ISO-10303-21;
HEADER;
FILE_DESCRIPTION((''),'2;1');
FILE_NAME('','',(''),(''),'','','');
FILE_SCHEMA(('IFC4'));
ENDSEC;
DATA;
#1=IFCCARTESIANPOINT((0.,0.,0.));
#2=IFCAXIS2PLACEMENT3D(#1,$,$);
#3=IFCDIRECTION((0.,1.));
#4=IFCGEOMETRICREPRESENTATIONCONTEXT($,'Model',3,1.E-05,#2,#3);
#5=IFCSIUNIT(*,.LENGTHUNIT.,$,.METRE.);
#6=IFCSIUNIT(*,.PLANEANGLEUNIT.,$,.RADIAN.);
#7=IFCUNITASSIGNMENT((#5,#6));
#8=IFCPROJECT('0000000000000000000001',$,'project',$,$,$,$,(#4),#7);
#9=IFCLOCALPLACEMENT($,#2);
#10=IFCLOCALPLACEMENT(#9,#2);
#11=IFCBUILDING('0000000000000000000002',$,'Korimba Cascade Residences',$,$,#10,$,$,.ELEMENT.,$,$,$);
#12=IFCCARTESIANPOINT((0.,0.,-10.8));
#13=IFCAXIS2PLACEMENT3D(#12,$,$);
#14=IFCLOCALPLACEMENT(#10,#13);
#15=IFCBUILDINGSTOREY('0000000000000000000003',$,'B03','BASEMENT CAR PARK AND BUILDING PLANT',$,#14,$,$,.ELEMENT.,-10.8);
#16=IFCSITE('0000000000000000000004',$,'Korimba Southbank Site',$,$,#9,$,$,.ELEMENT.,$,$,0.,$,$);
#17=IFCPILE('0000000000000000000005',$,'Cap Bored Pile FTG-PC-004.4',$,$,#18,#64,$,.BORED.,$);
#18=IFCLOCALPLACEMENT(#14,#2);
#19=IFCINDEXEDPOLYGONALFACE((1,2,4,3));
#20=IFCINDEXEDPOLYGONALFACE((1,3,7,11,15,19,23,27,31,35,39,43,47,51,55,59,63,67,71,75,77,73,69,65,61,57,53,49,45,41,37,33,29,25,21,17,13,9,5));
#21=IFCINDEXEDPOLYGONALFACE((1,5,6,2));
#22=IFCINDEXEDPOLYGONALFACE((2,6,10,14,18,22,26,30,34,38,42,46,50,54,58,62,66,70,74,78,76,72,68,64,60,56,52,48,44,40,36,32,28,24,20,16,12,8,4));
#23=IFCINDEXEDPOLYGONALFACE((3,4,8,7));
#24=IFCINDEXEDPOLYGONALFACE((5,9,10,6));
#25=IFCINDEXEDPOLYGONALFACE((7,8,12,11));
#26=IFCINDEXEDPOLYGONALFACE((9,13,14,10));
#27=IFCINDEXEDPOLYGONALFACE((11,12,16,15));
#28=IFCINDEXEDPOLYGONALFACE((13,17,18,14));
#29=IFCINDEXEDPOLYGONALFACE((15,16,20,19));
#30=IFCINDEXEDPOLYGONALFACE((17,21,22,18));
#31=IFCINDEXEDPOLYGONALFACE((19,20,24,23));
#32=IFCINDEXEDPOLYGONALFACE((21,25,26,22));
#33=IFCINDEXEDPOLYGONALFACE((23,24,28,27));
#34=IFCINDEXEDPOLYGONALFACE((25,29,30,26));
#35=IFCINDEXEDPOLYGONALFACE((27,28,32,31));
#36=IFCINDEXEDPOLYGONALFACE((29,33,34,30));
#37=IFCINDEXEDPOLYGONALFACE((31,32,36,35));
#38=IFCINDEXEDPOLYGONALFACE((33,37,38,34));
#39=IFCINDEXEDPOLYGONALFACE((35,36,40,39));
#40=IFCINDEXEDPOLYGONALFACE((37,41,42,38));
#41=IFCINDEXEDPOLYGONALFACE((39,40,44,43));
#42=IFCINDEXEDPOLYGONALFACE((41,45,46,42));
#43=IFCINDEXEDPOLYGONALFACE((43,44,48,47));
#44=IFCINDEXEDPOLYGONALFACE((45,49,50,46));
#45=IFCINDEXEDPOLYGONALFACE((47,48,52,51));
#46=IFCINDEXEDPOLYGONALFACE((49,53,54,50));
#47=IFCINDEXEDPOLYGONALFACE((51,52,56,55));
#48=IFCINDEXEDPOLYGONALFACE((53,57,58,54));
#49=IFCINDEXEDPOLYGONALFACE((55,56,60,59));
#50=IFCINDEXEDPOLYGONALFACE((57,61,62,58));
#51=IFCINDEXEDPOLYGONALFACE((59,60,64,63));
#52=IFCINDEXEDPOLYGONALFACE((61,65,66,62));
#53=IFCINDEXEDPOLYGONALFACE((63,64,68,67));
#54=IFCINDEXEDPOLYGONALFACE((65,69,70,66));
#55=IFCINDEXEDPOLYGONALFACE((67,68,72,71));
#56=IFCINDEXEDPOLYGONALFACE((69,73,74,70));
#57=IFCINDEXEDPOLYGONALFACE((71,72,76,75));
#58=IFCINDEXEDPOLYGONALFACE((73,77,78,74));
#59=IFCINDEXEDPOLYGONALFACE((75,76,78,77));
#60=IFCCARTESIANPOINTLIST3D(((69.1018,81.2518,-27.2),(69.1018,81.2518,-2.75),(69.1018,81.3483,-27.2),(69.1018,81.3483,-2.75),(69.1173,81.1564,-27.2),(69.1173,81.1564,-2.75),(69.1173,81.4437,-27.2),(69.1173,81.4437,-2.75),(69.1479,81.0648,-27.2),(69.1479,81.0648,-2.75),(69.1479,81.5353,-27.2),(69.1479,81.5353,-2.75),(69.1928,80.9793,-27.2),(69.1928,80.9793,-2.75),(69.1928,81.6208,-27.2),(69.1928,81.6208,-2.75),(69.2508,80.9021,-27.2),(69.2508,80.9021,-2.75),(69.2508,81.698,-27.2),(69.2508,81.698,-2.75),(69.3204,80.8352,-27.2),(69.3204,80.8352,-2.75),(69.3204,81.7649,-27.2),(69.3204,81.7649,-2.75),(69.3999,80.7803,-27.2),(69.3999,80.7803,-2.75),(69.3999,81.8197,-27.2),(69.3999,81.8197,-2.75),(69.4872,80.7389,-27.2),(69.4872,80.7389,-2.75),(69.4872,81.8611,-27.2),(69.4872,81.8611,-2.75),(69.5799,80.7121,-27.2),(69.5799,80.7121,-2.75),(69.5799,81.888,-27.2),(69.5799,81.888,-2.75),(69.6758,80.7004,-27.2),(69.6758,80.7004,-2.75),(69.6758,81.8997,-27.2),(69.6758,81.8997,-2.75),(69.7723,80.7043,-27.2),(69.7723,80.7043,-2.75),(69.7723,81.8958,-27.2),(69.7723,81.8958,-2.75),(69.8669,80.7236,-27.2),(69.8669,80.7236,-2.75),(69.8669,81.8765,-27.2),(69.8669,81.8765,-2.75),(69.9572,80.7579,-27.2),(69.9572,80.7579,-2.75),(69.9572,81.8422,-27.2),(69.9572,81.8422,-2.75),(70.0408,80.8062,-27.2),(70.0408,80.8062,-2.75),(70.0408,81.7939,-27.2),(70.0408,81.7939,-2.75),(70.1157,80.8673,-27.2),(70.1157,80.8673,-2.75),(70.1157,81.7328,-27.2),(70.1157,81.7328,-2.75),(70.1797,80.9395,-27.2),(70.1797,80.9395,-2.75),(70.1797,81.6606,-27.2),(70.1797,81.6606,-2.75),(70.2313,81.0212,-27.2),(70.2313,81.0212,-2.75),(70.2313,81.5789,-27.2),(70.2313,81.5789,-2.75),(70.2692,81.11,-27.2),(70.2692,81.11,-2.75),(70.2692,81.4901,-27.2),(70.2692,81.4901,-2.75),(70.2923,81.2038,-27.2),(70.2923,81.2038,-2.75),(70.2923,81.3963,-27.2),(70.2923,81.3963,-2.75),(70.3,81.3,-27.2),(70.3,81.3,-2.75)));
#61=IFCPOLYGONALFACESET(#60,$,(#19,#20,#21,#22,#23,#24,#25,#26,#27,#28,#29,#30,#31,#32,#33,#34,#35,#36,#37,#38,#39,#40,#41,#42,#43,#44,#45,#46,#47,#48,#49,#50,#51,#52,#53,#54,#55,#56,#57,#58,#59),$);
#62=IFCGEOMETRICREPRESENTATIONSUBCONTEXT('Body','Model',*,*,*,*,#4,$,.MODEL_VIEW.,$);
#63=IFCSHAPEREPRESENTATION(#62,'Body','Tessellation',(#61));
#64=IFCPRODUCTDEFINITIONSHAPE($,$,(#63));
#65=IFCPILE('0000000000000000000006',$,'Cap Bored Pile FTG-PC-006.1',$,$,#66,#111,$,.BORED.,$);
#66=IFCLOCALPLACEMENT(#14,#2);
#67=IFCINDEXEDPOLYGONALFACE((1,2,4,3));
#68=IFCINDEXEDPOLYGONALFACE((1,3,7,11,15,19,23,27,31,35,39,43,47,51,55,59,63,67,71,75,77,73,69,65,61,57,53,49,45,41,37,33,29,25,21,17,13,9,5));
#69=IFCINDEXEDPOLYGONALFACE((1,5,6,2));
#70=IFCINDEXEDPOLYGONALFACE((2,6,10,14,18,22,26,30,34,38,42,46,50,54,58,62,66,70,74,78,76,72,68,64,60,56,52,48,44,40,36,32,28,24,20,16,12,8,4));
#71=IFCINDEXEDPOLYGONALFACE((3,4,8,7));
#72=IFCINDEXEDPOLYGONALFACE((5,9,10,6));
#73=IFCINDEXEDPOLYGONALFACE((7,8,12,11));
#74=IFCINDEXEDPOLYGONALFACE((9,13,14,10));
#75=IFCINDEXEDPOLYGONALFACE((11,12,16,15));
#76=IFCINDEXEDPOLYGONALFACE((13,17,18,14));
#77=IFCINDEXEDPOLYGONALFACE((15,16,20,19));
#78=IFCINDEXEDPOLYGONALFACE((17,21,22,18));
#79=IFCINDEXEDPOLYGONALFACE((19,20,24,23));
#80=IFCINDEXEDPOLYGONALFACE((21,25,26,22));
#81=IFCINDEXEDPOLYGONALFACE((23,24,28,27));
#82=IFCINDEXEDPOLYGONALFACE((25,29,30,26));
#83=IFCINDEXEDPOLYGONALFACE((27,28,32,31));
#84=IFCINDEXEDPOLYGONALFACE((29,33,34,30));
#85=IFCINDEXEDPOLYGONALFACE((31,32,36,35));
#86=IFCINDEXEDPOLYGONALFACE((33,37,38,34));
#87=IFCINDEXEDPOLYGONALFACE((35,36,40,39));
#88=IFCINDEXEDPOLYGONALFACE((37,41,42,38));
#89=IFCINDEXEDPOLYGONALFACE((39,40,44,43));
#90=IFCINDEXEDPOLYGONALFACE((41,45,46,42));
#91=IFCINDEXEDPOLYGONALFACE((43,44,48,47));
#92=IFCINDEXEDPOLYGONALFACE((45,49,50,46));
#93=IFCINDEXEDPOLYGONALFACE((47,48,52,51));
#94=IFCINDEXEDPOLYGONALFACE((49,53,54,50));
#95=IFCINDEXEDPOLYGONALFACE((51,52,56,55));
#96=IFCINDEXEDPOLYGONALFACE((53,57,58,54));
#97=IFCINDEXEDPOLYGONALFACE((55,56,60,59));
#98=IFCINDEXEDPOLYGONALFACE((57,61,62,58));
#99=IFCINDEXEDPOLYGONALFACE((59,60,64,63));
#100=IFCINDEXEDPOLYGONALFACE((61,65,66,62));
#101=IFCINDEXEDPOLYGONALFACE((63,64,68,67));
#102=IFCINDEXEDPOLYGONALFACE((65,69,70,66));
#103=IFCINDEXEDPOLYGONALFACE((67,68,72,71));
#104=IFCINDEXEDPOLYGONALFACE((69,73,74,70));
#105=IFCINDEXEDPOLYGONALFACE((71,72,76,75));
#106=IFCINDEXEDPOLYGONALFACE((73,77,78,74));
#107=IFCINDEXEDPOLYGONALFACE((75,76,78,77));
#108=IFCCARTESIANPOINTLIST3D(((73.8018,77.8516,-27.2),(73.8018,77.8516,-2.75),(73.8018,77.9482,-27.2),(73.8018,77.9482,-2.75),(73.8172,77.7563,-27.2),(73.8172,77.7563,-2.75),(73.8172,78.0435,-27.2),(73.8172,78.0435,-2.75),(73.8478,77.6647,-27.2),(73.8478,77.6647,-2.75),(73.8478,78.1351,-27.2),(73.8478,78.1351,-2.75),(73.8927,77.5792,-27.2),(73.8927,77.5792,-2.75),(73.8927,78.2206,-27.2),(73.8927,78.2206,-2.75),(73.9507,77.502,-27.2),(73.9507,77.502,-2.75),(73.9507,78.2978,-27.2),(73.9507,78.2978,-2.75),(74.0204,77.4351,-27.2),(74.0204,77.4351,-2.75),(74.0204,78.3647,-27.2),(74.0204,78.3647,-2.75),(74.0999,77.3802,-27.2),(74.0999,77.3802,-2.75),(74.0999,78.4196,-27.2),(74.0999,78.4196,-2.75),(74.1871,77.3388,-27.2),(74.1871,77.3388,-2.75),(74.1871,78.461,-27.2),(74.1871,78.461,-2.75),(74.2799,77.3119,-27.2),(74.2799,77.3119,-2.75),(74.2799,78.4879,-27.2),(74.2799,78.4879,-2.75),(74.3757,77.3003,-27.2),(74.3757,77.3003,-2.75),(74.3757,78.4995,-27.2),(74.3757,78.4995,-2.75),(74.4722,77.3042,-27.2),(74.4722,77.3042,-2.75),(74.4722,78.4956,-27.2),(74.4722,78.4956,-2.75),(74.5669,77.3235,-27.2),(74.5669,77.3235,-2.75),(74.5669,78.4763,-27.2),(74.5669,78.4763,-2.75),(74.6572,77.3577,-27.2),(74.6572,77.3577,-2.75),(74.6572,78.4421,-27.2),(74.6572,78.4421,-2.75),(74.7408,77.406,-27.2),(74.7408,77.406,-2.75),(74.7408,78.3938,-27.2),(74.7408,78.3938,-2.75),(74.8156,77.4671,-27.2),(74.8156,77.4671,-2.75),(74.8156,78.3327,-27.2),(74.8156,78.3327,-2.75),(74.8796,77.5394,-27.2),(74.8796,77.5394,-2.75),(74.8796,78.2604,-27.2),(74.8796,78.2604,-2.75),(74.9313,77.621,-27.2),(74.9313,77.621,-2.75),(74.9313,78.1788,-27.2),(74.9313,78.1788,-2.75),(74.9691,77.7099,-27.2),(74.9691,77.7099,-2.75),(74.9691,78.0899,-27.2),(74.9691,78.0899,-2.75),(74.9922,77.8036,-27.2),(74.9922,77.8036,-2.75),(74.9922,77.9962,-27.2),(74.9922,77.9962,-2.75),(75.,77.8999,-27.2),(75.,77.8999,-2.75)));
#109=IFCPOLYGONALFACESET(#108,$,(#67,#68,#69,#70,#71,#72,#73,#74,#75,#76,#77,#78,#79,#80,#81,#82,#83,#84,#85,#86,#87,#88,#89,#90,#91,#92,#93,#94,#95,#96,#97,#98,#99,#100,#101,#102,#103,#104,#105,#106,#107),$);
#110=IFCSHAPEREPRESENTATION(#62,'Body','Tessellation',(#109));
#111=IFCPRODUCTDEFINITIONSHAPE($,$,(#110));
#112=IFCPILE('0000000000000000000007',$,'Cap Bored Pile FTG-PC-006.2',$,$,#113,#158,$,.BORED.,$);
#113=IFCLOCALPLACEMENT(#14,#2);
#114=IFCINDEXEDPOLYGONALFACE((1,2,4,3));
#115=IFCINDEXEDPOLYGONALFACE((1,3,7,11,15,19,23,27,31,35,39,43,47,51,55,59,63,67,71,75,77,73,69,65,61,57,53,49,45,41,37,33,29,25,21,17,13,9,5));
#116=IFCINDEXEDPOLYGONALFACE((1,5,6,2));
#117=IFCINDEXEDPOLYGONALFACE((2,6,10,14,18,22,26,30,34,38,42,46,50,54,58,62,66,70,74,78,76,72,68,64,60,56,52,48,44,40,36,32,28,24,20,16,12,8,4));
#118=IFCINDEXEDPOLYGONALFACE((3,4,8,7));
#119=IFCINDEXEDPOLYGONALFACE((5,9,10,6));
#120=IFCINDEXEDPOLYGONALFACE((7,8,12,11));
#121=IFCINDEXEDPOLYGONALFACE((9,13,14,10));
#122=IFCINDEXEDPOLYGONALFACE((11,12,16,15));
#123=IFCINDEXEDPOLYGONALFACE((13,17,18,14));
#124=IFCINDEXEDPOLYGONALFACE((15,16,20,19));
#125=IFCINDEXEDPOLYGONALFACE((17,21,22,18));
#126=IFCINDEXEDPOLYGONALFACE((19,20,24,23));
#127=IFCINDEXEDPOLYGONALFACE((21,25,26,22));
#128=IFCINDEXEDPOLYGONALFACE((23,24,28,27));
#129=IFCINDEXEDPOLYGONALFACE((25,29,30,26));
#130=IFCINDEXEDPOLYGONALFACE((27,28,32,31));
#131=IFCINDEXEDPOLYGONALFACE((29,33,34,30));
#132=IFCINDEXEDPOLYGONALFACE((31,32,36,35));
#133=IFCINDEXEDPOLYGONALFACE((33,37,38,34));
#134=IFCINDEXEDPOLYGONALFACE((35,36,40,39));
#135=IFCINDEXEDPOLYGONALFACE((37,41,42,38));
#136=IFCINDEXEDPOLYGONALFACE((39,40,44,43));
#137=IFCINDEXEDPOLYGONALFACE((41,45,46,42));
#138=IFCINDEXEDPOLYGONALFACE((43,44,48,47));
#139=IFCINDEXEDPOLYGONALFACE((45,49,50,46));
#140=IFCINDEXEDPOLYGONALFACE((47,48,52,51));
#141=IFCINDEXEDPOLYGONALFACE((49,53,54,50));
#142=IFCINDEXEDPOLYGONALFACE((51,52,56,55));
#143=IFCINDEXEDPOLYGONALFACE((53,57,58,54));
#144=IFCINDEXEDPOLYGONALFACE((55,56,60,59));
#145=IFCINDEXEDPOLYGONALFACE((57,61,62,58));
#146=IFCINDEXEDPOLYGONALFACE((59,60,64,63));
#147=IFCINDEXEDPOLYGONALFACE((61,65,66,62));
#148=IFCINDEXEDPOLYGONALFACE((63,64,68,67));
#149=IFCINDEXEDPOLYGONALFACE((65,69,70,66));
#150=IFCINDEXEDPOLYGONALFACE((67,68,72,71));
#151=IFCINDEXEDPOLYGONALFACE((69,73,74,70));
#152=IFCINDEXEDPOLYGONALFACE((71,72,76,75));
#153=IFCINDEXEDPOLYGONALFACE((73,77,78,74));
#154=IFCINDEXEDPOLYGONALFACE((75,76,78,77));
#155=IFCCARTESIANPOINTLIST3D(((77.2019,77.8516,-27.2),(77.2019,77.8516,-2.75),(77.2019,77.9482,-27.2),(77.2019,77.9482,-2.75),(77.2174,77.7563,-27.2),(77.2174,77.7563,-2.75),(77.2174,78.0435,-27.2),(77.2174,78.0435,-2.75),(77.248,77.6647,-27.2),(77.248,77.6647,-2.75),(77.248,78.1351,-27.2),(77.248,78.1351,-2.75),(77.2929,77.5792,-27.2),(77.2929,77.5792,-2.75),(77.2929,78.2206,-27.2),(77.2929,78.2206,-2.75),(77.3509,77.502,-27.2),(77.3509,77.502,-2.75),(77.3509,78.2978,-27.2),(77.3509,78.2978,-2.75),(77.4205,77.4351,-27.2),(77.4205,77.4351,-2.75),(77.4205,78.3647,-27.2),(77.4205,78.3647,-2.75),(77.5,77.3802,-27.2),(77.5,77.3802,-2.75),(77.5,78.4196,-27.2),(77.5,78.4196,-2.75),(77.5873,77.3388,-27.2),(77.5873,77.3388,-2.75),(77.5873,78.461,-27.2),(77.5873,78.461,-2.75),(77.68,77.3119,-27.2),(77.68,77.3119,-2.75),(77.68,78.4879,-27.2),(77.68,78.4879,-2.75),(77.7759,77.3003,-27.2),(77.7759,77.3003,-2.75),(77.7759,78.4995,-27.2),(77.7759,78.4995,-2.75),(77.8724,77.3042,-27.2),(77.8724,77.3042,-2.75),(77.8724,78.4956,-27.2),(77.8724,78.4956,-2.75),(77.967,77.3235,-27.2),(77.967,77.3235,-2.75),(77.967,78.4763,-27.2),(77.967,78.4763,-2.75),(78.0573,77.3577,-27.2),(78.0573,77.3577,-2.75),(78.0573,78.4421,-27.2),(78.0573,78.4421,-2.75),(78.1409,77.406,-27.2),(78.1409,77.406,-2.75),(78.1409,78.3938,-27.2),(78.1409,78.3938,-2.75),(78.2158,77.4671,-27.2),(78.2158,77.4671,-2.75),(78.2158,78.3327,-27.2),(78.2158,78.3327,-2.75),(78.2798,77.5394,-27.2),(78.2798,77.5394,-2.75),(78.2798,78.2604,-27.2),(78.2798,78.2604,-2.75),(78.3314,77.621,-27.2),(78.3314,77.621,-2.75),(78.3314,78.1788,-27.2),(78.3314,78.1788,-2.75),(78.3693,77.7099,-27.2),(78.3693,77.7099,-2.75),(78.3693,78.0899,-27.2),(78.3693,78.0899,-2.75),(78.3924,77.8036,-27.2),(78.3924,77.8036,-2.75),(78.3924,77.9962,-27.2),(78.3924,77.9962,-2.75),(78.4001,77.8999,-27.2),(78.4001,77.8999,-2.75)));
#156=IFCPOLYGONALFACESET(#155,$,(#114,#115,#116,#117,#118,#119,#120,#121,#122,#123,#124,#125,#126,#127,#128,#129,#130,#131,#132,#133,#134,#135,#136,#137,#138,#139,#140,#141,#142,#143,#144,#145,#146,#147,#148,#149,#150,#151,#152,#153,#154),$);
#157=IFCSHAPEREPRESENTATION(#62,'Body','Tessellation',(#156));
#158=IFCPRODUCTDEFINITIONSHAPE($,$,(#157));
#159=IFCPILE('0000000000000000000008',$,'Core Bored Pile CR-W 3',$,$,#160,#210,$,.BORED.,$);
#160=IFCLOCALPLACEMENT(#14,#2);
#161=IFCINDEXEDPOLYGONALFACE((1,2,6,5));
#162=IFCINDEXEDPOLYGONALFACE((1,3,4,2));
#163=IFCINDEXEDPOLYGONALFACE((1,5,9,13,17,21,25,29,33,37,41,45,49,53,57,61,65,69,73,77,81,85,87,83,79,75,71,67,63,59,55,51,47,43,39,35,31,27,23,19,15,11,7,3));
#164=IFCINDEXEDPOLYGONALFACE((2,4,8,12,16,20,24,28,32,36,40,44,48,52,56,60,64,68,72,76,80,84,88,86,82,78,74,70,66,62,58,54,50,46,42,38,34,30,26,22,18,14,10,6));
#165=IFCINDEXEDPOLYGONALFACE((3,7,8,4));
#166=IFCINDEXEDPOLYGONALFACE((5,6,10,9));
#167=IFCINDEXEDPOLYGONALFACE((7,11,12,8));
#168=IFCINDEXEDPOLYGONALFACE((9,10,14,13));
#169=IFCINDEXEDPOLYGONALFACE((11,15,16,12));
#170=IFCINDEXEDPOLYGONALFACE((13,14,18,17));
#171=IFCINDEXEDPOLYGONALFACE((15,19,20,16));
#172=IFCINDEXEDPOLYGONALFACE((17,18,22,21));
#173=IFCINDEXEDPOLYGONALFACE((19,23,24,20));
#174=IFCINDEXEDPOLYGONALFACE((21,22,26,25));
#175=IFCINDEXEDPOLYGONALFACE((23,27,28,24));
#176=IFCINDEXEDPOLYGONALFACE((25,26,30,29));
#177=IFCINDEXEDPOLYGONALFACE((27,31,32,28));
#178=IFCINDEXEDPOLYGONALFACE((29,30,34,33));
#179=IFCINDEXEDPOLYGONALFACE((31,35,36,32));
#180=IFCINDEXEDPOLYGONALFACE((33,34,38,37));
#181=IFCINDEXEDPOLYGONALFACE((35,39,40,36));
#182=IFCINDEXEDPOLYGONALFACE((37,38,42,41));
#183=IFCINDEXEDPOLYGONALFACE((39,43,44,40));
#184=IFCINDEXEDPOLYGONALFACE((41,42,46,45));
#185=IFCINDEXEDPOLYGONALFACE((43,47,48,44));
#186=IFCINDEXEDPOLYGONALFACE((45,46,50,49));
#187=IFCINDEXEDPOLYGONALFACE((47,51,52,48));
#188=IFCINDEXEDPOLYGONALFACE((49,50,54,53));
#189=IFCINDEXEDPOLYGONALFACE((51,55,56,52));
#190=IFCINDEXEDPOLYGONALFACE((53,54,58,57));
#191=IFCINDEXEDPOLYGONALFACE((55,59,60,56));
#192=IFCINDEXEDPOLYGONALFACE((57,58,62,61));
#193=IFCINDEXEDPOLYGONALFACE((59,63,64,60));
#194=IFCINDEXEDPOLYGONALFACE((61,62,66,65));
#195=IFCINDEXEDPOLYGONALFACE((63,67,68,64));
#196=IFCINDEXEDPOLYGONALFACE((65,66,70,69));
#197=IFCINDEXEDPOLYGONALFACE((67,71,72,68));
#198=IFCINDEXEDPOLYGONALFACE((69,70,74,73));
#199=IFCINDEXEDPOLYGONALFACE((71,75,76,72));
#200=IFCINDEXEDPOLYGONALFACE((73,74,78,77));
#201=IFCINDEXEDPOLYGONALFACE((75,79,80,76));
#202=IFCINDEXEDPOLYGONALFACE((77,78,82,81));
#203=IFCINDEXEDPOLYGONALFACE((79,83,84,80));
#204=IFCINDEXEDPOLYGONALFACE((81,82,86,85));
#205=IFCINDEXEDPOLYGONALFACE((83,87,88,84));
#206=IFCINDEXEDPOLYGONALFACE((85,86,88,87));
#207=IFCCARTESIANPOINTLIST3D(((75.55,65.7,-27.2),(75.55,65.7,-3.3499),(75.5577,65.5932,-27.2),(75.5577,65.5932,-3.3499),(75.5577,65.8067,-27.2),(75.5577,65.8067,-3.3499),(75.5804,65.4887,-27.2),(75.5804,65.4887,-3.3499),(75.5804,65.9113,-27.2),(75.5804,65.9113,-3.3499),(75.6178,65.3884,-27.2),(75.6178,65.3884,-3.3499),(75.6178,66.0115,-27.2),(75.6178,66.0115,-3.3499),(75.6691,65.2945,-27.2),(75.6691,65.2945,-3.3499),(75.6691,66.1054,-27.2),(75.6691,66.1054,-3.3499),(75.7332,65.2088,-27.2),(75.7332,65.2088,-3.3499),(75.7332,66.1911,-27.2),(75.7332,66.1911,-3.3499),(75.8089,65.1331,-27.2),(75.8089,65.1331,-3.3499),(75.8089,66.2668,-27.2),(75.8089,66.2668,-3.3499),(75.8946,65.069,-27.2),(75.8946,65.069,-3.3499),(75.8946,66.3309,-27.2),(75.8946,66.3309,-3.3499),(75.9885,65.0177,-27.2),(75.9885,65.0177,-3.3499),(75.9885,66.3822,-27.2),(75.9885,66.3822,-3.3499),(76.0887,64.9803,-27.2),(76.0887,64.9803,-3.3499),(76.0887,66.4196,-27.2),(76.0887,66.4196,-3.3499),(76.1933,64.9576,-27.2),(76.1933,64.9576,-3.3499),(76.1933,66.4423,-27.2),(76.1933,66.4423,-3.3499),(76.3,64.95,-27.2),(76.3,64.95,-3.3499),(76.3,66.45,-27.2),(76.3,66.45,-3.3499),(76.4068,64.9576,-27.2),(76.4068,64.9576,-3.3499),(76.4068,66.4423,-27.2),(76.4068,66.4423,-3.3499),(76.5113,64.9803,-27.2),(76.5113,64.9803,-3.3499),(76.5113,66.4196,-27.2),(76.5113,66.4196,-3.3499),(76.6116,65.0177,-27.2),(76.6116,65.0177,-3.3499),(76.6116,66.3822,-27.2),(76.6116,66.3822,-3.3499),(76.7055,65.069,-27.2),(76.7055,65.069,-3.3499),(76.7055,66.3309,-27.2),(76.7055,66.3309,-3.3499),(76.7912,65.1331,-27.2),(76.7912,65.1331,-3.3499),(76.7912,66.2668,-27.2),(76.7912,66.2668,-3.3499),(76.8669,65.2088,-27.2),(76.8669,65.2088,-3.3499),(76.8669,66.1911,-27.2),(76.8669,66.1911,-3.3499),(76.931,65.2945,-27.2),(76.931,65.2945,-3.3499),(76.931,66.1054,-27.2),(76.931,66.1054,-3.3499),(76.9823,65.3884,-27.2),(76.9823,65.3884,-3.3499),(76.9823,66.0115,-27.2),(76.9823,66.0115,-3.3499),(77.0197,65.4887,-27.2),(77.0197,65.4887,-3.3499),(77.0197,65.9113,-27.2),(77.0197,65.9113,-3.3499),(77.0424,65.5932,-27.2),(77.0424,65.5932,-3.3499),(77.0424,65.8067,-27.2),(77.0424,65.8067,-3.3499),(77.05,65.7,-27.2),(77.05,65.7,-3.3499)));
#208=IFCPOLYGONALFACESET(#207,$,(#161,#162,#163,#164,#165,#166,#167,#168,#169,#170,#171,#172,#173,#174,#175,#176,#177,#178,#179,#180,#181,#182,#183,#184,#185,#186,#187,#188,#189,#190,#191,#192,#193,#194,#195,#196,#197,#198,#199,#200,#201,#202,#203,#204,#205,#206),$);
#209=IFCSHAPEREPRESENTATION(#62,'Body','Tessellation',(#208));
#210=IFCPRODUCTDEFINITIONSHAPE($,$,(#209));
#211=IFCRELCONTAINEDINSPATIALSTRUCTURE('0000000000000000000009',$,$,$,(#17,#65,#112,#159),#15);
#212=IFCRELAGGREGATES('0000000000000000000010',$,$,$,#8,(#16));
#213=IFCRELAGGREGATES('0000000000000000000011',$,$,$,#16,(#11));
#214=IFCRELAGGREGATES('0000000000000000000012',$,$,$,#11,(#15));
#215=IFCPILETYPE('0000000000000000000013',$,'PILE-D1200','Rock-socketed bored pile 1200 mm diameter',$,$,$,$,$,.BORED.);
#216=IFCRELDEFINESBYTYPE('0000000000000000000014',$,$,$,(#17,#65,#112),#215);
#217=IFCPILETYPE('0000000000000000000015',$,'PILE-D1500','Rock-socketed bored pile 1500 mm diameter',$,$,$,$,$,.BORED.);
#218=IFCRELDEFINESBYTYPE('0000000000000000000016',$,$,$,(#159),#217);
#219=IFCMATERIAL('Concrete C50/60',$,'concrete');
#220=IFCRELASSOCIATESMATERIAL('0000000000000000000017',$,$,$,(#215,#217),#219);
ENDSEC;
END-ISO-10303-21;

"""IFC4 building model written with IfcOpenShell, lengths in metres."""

from ifc_helpers import new_model, si_unit, direction, frame, origin, origin_2d, place, context, subcontext, project, spatial, circle, extrude, material, material_profile, profile_set, type_object, element, save


model = new_model("IFC4")

# Units and contexts
model_context = context("Model", 3, precision=1e-05, world=origin(), true_north=direction((0.0, 1.0)))
body_context = subcontext(model_context, "Body", "Model", "MODEL_VIEW")
ifc_project = project(units=[si_unit("LENGTHUNIT", "METRE"), si_unit("PLANEANGLEUNIT", "RADIAN")], contexts=[model_context])

# Site, building, storey
site_placement = place(None, origin())
site = spatial("IfcSite", under=ifc_project, at=site_placement, Name="Korimba Southbank Site", CompositionType="ELEMENT", RefElevation=0.0)
building_placement = place(site_placement, origin())
building = spatial("IfcBuilding", under=site, at=building_placement, Name="Korimba Cascade Residences", CompositionType="ELEMENT")
storey_placement = place(building_placement, frame((0.0, 0.0, -10.8)))
storey = spatial("IfcBuildingStorey", under=building, at=storey_placement, Name="B03", Description="BASEMENT CAR PARK AND BUILDING PLANT", CompositionType="ELEMENT", Elevation=-10.8)

# Piles
ifc_material_1 = material(Name="Concrete C50/60", Category="concrete")
ifc_material_profile_1 = material_profile(ifc_material_1, circle(Radius=0.6001, at=origin_2d()), Name="Concrete C50/60")
ifc_profile_set_1 = profile_set([ifc_material_profile_1], Name="Concrete C50/60")
pile_type_1 = type_object("IfcPileType", Name="PILE-D1200", Description="Rock-socketed bored pile 1200 mm diameter", PredefinedType="BORED", material=ifc_profile_set_1)
for number, where, z_axis, x_axis, name in (
    (1, (69.7, 81.3, -2.75), (0.0, 0.0, -1.0), (1.0, 0.0, 0.0), "Cap Bored Pile FTG-PC-004.4"),
    (2, (74.3999, 77.8999, -2.75), (0.0, 0.0, -1.0), (1.0, 0.0, 0.0), "Cap Bored Pile FTG-PC-006.1"),
    (3, (77.8, 77.8999, -2.75), (0.0, 0.0, -1.0), (1.0, 0.0, 0.0), "Cap Bored Pile FTG-PC-006.2"),
):
    element("IfcPile", number, at=place(storey_placement, frame(where, z_axis=z_axis, x_axis=x_axis)), inside=storey, type_object=pile_type_1, Name=name, PredefinedType="BORED", context=body_context, shape_type="SweptSolid", body=[
        extrude(circle(Radius=0.6001, at=origin_2d()), origin(), (0.0, 0.0, 1.0), 24.45),
    ])
ifc_material_profile_2 = material_profile(ifc_material_1, circle(Radius=0.75, at=origin_2d()), Name="Concrete C50/60")
ifc_profile_set_2 = profile_set([ifc_material_profile_2], Name="Concrete C50/60")
pile_type_2 = type_object("IfcPileType", Name="PILE-D1500", Description="Rock-socketed bored pile 1500 mm diameter", PredefinedType="BORED", material=ifc_profile_set_2)
pile_placement = place(storey_placement, frame((76.3, 65.7, -3.3499), z_axis=(0.0, 0.0, -1.0), x_axis=(1.0, 0.0, 0.0)))
element("IfcPile", 4, at=pile_placement, inside=storey, type_object=pile_type_2, Name="Core Bored Pile CR-W 3", PredefinedType="BORED", context=body_context, shape_type="SweptSolid", body=[
    extrude(circle(Radius=0.75, at=origin_2d()), origin(), (0.0, 0.0, 1.0), 23.8501),
])

save(model, "model.ifc")
